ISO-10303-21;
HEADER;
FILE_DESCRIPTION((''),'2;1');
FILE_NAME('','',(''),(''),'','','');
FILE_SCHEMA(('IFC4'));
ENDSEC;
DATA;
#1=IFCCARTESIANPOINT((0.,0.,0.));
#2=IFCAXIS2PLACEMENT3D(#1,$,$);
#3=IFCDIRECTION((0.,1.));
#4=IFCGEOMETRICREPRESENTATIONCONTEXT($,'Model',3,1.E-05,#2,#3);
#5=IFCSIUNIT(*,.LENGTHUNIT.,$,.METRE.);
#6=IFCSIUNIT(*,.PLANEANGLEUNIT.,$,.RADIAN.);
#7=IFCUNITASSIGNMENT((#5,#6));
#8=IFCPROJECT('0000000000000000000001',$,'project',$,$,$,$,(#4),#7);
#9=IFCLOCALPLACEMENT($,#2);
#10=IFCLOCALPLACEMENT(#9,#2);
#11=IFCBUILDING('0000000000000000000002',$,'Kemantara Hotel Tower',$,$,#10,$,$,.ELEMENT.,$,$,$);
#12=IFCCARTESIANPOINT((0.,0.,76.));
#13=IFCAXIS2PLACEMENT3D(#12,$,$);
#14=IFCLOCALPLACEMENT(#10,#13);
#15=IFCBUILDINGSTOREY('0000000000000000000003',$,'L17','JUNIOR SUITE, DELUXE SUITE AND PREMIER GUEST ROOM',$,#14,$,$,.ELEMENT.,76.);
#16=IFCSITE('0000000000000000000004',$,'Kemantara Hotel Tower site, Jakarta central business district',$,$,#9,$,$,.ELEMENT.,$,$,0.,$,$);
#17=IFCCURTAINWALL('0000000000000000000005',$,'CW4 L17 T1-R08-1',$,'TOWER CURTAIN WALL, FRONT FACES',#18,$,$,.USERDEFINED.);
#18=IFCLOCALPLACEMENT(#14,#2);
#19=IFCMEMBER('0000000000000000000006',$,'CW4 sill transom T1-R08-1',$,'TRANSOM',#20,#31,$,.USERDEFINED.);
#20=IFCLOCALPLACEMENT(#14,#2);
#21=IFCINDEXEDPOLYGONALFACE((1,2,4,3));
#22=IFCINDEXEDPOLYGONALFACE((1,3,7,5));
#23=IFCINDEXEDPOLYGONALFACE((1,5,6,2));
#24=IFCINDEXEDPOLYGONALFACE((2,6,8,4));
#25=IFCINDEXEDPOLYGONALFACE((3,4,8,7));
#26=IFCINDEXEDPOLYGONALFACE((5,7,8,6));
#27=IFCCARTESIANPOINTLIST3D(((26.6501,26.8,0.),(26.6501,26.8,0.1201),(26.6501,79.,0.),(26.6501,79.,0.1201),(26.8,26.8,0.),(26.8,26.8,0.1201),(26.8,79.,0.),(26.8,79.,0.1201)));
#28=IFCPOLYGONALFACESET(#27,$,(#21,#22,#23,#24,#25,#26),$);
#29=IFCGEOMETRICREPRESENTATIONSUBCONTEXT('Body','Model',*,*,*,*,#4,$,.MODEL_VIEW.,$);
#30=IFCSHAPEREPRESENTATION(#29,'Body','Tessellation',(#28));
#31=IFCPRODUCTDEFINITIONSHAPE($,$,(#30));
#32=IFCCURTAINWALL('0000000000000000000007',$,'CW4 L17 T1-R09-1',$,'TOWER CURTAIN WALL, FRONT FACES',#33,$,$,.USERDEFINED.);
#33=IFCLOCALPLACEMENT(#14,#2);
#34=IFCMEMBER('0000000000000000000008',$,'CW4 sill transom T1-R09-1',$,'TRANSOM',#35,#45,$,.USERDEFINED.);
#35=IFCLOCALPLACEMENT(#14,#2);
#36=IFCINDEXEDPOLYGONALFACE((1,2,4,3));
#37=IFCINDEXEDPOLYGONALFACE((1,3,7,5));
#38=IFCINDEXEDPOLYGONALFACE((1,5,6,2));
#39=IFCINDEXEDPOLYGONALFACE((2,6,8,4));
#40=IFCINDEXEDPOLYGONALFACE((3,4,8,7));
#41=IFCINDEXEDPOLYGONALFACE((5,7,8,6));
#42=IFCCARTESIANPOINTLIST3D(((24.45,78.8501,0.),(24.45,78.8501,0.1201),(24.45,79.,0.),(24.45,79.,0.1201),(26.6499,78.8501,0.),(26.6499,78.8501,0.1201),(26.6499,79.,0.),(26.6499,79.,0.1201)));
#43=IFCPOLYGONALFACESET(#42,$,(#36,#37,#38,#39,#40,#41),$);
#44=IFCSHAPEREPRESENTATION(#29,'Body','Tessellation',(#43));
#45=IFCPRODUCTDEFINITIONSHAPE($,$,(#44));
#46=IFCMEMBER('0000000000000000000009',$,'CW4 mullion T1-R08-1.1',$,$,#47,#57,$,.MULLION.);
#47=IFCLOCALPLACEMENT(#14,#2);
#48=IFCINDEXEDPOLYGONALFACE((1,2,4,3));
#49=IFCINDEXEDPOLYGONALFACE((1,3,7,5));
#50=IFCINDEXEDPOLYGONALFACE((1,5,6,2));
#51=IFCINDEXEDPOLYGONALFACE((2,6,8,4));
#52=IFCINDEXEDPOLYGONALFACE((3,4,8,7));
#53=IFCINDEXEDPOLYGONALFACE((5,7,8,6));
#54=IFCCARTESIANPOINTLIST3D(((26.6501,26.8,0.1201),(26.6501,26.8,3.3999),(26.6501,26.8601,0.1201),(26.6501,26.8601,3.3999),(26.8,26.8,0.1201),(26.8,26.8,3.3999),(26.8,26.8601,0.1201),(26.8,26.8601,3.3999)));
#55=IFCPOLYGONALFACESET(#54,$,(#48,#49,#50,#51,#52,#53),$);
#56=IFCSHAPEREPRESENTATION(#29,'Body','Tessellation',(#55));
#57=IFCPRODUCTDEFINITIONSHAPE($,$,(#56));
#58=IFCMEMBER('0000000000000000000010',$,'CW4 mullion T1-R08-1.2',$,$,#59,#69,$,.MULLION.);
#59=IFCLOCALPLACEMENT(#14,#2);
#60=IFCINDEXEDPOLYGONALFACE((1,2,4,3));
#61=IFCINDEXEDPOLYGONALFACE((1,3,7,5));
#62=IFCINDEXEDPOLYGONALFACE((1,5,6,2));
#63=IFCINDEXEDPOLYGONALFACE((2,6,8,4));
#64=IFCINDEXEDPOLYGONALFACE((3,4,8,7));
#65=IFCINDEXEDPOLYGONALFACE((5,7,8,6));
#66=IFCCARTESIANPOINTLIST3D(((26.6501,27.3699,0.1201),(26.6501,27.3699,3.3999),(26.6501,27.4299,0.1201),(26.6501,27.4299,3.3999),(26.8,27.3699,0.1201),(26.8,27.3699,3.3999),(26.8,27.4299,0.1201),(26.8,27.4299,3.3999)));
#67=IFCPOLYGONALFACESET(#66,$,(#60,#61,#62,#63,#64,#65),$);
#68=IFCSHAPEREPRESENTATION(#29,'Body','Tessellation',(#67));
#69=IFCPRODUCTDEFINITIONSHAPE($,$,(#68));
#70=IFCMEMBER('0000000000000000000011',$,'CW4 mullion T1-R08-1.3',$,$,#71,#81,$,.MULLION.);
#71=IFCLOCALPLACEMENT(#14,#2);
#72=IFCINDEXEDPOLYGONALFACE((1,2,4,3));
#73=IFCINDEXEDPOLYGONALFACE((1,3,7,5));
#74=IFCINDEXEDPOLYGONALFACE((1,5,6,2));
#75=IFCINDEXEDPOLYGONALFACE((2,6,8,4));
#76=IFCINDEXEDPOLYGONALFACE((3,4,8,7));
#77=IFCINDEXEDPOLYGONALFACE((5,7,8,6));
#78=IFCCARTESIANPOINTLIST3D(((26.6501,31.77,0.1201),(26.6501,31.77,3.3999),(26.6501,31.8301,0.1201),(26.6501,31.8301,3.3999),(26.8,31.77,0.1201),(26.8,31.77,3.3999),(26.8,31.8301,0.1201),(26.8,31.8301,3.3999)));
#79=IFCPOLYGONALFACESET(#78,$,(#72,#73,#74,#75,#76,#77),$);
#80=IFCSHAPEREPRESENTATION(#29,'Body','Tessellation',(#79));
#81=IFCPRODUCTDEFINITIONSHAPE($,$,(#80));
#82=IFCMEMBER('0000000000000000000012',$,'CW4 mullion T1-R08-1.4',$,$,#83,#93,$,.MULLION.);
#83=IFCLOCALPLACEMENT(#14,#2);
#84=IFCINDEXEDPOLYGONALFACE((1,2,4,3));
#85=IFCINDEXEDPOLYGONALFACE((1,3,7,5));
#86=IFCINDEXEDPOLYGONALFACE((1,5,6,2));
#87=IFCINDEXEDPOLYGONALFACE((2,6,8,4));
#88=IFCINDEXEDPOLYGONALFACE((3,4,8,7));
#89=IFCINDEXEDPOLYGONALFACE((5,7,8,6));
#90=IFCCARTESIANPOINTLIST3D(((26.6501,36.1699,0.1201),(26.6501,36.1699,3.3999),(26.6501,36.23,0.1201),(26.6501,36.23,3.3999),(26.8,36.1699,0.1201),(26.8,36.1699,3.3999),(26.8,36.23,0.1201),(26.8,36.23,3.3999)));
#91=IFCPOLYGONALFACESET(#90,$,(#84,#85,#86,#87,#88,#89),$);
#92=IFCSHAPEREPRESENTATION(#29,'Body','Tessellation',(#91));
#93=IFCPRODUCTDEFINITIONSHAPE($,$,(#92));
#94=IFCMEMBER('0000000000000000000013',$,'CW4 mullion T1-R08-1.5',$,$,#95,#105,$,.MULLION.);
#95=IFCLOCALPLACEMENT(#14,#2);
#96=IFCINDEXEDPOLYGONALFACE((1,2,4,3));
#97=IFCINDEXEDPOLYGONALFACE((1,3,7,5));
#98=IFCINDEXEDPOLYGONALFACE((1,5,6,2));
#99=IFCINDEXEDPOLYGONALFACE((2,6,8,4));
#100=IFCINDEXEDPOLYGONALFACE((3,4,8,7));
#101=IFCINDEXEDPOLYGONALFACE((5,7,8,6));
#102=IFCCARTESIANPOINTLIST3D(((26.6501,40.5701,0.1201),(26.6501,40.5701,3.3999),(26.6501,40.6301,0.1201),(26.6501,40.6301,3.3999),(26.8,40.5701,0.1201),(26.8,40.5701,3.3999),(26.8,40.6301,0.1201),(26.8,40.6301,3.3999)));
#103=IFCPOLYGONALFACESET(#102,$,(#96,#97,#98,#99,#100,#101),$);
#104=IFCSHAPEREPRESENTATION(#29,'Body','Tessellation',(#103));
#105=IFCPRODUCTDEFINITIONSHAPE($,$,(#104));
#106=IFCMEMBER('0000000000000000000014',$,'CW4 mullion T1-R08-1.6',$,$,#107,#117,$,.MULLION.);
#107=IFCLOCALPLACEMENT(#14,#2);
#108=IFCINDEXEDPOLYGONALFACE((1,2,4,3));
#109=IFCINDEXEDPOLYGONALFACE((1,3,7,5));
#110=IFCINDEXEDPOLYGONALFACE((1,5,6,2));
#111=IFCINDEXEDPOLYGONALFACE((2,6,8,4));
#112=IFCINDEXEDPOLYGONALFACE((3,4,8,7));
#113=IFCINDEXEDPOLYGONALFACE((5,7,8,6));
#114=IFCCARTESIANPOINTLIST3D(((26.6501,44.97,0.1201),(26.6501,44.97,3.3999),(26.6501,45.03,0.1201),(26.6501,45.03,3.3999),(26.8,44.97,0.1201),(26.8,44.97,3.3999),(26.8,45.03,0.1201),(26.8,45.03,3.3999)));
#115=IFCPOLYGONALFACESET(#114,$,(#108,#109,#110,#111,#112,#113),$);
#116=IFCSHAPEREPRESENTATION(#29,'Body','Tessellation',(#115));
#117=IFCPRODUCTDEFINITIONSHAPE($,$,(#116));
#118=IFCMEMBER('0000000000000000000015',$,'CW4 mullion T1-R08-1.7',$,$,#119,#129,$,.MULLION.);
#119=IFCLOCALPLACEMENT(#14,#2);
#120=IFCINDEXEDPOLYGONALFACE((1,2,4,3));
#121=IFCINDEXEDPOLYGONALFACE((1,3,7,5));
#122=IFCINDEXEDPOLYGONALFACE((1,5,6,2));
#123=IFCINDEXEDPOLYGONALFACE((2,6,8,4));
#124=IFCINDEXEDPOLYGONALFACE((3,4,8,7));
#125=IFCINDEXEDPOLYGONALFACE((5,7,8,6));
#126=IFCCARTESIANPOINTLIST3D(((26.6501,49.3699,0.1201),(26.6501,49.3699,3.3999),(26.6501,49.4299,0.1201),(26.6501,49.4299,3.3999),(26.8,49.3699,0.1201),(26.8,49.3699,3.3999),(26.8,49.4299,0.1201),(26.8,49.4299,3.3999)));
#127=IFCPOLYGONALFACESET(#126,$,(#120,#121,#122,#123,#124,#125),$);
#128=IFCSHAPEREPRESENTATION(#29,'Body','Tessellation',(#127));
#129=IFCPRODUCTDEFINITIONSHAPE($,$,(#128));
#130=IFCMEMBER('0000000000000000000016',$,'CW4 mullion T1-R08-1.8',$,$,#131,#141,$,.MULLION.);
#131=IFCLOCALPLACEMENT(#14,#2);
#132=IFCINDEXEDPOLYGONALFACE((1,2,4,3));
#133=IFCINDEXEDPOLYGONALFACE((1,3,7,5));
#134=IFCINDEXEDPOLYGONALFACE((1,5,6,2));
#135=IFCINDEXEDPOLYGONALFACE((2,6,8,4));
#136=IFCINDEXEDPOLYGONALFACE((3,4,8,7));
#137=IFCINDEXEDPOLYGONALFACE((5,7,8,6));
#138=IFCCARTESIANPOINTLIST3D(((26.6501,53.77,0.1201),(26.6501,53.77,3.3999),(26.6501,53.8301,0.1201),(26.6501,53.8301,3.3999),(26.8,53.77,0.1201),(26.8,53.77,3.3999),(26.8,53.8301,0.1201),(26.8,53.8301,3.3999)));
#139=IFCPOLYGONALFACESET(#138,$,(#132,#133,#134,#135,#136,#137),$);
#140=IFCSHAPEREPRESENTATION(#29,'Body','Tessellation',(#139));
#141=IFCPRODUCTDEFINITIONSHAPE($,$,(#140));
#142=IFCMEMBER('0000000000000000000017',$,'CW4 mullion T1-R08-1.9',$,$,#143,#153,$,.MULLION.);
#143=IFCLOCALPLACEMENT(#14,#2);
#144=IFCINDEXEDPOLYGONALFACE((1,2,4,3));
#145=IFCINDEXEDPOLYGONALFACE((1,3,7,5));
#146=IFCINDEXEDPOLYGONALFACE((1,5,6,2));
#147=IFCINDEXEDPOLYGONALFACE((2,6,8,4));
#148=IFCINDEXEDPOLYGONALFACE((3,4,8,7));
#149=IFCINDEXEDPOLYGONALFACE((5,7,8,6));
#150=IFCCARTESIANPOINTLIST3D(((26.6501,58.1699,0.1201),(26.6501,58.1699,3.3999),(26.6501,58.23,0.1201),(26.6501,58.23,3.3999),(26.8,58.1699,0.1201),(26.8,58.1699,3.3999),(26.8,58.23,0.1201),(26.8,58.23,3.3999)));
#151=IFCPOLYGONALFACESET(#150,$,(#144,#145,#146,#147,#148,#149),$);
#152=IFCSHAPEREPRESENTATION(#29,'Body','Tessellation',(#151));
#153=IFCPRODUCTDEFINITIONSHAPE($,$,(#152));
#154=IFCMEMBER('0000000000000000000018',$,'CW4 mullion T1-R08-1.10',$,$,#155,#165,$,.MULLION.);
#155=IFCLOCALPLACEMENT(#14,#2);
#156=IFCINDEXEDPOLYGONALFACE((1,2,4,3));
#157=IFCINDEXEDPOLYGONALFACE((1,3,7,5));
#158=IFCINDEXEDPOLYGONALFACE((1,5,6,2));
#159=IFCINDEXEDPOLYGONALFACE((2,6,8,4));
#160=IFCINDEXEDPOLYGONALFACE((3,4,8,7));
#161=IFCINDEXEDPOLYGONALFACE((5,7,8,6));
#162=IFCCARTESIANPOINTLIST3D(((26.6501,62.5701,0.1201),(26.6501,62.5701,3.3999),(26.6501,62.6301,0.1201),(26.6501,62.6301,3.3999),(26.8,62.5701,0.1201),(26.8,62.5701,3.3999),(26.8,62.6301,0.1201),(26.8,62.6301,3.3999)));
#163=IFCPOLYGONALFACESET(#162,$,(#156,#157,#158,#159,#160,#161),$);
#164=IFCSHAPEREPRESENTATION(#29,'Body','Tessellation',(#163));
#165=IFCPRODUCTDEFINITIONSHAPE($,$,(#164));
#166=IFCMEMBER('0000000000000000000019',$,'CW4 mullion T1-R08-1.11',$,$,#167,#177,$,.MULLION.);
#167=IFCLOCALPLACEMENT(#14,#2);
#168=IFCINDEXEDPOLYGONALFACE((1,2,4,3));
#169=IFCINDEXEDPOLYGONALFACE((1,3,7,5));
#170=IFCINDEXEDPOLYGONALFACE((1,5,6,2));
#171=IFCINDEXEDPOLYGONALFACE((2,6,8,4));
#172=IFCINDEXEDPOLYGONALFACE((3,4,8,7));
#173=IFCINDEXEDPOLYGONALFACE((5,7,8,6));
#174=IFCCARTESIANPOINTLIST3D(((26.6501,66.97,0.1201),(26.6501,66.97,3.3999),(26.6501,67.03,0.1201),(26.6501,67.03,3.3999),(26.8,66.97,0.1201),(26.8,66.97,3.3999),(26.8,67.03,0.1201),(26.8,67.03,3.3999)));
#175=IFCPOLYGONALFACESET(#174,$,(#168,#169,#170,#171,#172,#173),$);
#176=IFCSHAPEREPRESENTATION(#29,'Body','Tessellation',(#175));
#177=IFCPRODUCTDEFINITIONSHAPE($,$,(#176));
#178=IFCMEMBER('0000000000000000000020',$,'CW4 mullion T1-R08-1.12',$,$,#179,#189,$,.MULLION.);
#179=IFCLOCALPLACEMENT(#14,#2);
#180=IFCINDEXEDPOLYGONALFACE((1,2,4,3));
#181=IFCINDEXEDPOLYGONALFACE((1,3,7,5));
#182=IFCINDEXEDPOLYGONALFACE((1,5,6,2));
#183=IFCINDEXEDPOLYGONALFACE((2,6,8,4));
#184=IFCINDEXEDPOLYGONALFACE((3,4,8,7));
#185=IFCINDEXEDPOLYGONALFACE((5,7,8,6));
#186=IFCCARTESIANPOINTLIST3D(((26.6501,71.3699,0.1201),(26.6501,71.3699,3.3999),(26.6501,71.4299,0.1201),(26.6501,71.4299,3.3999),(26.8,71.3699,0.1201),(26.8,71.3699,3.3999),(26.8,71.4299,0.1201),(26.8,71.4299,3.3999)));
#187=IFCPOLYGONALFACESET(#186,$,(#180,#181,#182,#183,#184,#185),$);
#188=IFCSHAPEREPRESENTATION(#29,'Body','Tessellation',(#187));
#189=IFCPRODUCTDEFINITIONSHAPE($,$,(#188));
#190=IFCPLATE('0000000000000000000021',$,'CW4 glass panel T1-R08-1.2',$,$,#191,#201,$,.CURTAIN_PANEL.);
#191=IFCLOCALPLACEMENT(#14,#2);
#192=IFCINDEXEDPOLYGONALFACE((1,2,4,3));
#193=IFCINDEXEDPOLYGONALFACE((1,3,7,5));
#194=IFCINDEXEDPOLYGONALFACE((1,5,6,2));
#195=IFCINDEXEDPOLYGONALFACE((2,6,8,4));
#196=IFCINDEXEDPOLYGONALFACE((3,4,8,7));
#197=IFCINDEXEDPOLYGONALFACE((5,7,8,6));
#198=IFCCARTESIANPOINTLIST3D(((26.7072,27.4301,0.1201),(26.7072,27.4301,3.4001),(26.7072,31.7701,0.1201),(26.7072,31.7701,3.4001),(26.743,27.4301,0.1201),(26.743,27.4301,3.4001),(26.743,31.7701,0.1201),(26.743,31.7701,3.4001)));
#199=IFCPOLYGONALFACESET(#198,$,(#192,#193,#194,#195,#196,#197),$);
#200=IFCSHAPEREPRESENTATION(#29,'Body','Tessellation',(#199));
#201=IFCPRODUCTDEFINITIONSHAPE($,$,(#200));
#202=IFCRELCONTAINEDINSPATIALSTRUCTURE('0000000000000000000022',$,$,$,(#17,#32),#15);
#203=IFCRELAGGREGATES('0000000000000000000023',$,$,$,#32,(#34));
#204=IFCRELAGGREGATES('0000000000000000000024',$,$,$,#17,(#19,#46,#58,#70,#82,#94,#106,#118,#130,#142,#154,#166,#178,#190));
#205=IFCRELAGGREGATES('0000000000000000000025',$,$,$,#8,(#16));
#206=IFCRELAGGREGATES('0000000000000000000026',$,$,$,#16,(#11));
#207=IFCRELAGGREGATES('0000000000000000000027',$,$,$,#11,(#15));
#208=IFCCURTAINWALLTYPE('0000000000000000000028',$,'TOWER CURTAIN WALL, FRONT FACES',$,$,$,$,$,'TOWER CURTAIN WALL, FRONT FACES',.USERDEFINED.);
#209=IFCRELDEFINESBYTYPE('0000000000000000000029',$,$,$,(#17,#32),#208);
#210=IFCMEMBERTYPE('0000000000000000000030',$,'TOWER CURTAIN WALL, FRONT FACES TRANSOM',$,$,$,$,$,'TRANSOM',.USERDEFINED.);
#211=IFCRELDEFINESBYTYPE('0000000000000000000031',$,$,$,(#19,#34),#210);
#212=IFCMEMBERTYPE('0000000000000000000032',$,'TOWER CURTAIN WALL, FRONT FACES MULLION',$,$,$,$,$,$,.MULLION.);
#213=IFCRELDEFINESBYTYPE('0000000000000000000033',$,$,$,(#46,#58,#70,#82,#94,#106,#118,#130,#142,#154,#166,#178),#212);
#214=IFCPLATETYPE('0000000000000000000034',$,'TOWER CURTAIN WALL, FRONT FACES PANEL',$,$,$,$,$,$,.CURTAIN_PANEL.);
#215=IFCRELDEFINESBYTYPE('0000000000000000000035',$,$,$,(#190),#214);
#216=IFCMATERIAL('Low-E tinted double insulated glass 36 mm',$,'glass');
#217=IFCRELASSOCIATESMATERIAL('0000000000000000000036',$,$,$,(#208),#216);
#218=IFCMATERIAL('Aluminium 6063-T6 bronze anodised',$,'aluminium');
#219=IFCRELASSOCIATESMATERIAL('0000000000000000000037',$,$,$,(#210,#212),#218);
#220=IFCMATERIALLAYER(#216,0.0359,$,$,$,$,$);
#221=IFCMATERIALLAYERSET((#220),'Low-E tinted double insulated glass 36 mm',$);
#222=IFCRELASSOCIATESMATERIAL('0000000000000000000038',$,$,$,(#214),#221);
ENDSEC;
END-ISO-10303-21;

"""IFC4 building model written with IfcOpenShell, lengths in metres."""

from ifc_helpers import new_model, si_unit, direction, frame, origin, origin_2d, place, context, subcontext, project, spatial, rectangle, extrude, source, transform, mapped, material, layer, layer_set, material_profile, profile_set, type_object, element, aggregate, save


model = new_model("IFC4")

# Units and contexts
model_context = context("Model", 3, precision=1e-05, world=origin(), true_north=direction((0.0, 1.0)))
body_context = subcontext(model_context, "Body", "Model", "MODEL_VIEW")
ifc_project = project(units=[si_unit("LENGTHUNIT", "METRE"), si_unit("PLANEANGLEUNIT", "RADIAN")], contexts=[model_context])

# Site, building, storey
site_placement = place(None, origin())
site = spatial("IfcSite", under=ifc_project, at=site_placement, Name="Kemantara Hotel Tower site, Jakarta central business district", CompositionType="ELEMENT", RefElevation=0.0)
building_placement = place(site_placement, origin())
building = spatial("IfcBuilding", under=site, at=building_placement, Name="Kemantara Hotel Tower", CompositionType="ELEMENT")
storey_placement = place(building_placement, frame((0.0, 0.0, 76.0)))
storey = spatial("IfcBuildingStorey", under=building, at=storey_placement, Name="L17", Description="JUNIOR SUITE, DELUXE SUITE AND PREMIER GUEST ROOM", CompositionType="ELEMENT", Elevation=76.0)

# Curtain walls, members
ifc_material_1 = material(Name="Low-E tinted double insulated glass 36 mm", Category="glass")
curtain_wall_type = type_object("IfcCurtainWallType", Name="TOWER CURTAIN WALL, FRONT FACES", ElementType="TOWER CURTAIN WALL, FRONT FACES", PredefinedType="USERDEFINED", material=ifc_material_1)
curtain_wall_1_placement = place(storey_placement, origin())
curtain_wall_1 = element("IfcCurtainWall", 1, at=curtain_wall_1_placement, inside=storey, type_object=curtain_wall_type, Name="CW4 L17 T1-R08-1", ObjectType="TOWER CURTAIN WALL, FRONT FACES", PredefinedType="USERDEFINED")
ifc_material_2 = material(Name="Aluminium 6063-T6 bronze anodised", Category="aluminium")
ifc_material_profile_1 = material_profile(ifc_material_2, rectangle(XDim=0.1499, YDim=0.1201, at=origin_2d()), Name="TOWER CURTAIN WALL, FRONT FACES TRANSOM")
ifc_profile_set_1 = profile_set([ifc_material_profile_1], Name="Aluminium 6063-T6 bronze anodised")
member_type_1 = type_object("IfcMemberType", Name="TOWER CURTAIN WALL, FRONT FACES TRANSOM", ElementType="TRANSOM", PredefinedType="USERDEFINED", material=ifc_profile_set_1)
member_1_placement = place(storey_placement, frame((26.7251, 26.8, 0.0601), z_axis=(0.0, 1.0, 0.0), x_axis=(-1.0, 0.0, 0.0)))
member_1 = element("IfcMember", 2, at=member_1_placement, type_object=member_type_1, Name="CW4 sill transom T1-R08-1", ObjectType="TRANSOM", PredefinedType="USERDEFINED", context=body_context, shape_type="SweptSolid", body=[
    extrude(rectangle(XDim=0.1499, YDim=0.1201, at=origin_2d()), origin(), (0.0, 0.0, 1.0), 52.2),
])
curtain_wall_2_placement = place(storey_placement, origin())
curtain_wall_2 = element("IfcCurtainWall", 3, at=curtain_wall_2_placement, inside=storey, type_object=curtain_wall_type, Name="CW4 L17 T1-R09-1", ObjectType="TOWER CURTAIN WALL, FRONT FACES", PredefinedType="USERDEFINED")
member_2_placement = place(storey_placement, frame((26.6499, 78.925, 0.0601), z_axis=(-1.0, 0.0, 0.0), x_axis=(0.0, -1.0, 0.0)))
member_2 = element("IfcMember", 4, at=member_2_placement, type_object=member_type_1, Name="CW4 sill transom T1-R09-1", ObjectType="TRANSOM", PredefinedType="USERDEFINED", context=body_context, shape_type="SweptSolid", body=[
    extrude(rectangle(XDim=0.1499, YDim=0.1201, at=origin_2d()), origin(), (0.0, 0.0, 1.0), 2.2),
])
aggregate(curtain_wall_2, [member_2])

# Members
ifc_material_profile_2 = material_profile(ifc_material_2, rectangle(XDim=0.1499, YDim=0.0601, at=origin_2d()), Name="TOWER CURTAIN WALL, FRONT FACES MULLION")
ifc_profile_set_2 = profile_set([ifc_material_profile_2], Name="Aluminium 6063-T6 bronze anodised")
member_type_2 = type_object("IfcMemberType", Name="TOWER CURTAIN WALL, FRONT FACES MULLION", PredefinedType="MULLION", material=ifc_profile_set_2)
shared_shape_1 = source(origin(), body_context, "Body", "SweptSolid", [
    extrude(rectangle(XDim=0.1499, YDim=0.0601, at=origin_2d()), origin(), (0.0, 0.0, 1.0), 3.2798),
])
member_3_placement = place(storey_placement, frame((26.7251, 26.8301, 0.1201), z_axis=(0.0, 0.0, 1.0), x_axis=(-1.0, 0.0, 0.0)))
member_3 = element("IfcMember", 5, at=member_3_placement, type_object=member_type_2, Name="CW4 mullion T1-R08-1.1", PredefinedType="MULLION", context=body_context, shape_type="MappedRepresentation", body=[
    mapped(shared_shape_1, transform((0.0, 0.0, 0.0))),
])
member_4_placement = place(storey_placement, frame((26.7251, 27.3999, 0.1201), z_axis=(0.0, 0.0, 1.0), x_axis=(-1.0, 0.0, 0.0)))
member_4 = element("IfcMember", 6, at=member_4_placement, type_object=member_type_2, Name="CW4 mullion T1-R08-1.2", PredefinedType="MULLION", context=body_context, shape_type="MappedRepresentation", body=[
    mapped(shared_shape_1, transform((0.0, 0.0, 0.0))),
])
member_5_placement = place(storey_placement, frame((26.7251, 31.8, 0.1201), z_axis=(0.0, 0.0, 1.0), x_axis=(-1.0, 0.0, 0.0)))
member_5 = element("IfcMember", 7, at=member_5_placement, type_object=member_type_2, Name="CW4 mullion T1-R08-1.3", PredefinedType="MULLION", context=body_context, shape_type="MappedRepresentation", body=[
    mapped(shared_shape_1, transform((0.0, 0.0, 0.0))),
])
member_6_placement = place(storey_placement, frame((26.7251, 36.2, 0.1201), z_axis=(0.0, 0.0, 1.0), x_axis=(-1.0, 0.0, 0.0)))
member_6 = element("IfcMember", 8, at=member_6_placement, type_object=member_type_2, Name="CW4 mullion T1-R08-1.4", PredefinedType="MULLION", context=body_context, shape_type="MappedRepresentation", body=[
    mapped(shared_shape_1, transform((0.0, 0.0, 0.0))),
])
member_7_placement = place(storey_placement, frame((26.7251, 40.6001, 0.1201), z_axis=(0.0, 0.0, 1.0), x_axis=(-1.0, 0.0, 0.0)))
member_7 = element("IfcMember", 9, at=member_7_placement, type_object=member_type_2, Name="CW4 mullion T1-R08-1.5", PredefinedType="MULLION", context=body_context, shape_type="MappedRepresentation", body=[
    mapped(shared_shape_1, transform((0.0, 0.0, 0.0))),
])
member_8_placement = place(storey_placement, frame((26.7251, 45.0, 0.1201), z_axis=(0.0, 0.0, 1.0), x_axis=(-1.0, 0.0, 0.0)))
member_8 = element("IfcMember", 10, at=member_8_placement, type_object=member_type_2, Name="CW4 mullion T1-R08-1.6", PredefinedType="MULLION", context=body_context, shape_type="MappedRepresentation", body=[
    mapped(shared_shape_1, transform((0.0, 0.0, 0.0))),
])
member_9_placement = place(storey_placement, frame((26.7251, 49.3999, 0.1201), z_axis=(0.0, 0.0, 1.0), x_axis=(-1.0, 0.0, 0.0)))
member_9 = element("IfcMember", 11, at=member_9_placement, type_object=member_type_2, Name="CW4 mullion T1-R08-1.7", PredefinedType="MULLION", context=body_context, shape_type="MappedRepresentation", body=[
    mapped(shared_shape_1, transform((0.0, 0.0, 0.0))),
])
member_10_placement = place(storey_placement, frame((26.7251, 53.8, 0.1201), z_axis=(0.0, 0.0, 1.0), x_axis=(-1.0, 0.0, 0.0)))
member_10 = element("IfcMember", 12, at=member_10_placement, type_object=member_type_2, Name="CW4 mullion T1-R08-1.8", PredefinedType="MULLION", context=body_context, shape_type="MappedRepresentation", body=[
    mapped(shared_shape_1, transform((0.0, 0.0, 0.0))),
])
member_11_placement = place(storey_placement, frame((26.7251, 58.2, 0.1201), z_axis=(0.0, 0.0, 1.0), x_axis=(-1.0, 0.0, 0.0)))
member_11 = element("IfcMember", 13, at=member_11_placement, type_object=member_type_2, Name="CW4 mullion T1-R08-1.9", PredefinedType="MULLION", context=body_context, shape_type="MappedRepresentation", body=[
    mapped(shared_shape_1, transform((0.0, 0.0, 0.0))),
])
member_12_placement = place(storey_placement, frame((26.7251, 62.6001, 0.1201), z_axis=(0.0, 0.0, 1.0), x_axis=(-1.0, 0.0, 0.0)))
member_12 = element("IfcMember", 14, at=member_12_placement, type_object=member_type_2, Name="CW4 mullion T1-R08-1.10", PredefinedType="MULLION", context=body_context, shape_type="MappedRepresentation", body=[
    mapped(shared_shape_1, transform((0.0, 0.0, 0.0))),
])
member_13_placement = place(storey_placement, frame((26.7251, 67.0, 0.1201), z_axis=(0.0, 0.0, 1.0), x_axis=(-1.0, 0.0, 0.0)))
member_13 = element("IfcMember", 15, at=member_13_placement, type_object=member_type_2, Name="CW4 mullion T1-R08-1.11", PredefinedType="MULLION", context=body_context, shape_type="MappedRepresentation", body=[
    mapped(shared_shape_1, transform((0.0, 0.0, 0.0))),
])
member_14_placement = place(storey_placement, frame((26.7251, 71.3999, 0.1201), z_axis=(0.0, 0.0, 1.0), x_axis=(-1.0, 0.0, 0.0)))
member_14 = element("IfcMember", 16, at=member_14_placement, type_object=member_type_2, Name="CW4 mullion T1-R08-1.12", PredefinedType="MULLION", context=body_context, shape_type="MappedRepresentation", body=[
    mapped(shared_shape_1, transform((0.0, 0.0, 0.0))),
])

# Plate
ifc_layer = layer(ifc_material_1, 0.0359)
ifc_layer_set = layer_set([ifc_layer], Name="Low-E tinted double insulated glass 36 mm")
plate_type = type_object("IfcPlateType", Name="TOWER CURTAIN WALL, FRONT FACES PANEL", PredefinedType="CURTAIN_PANEL", material=ifc_layer_set)
shared_shape_2 = source(origin(), body_context, "Body", "SweptSolid", [
    extrude(rectangle(XDim=4.3401, YDim=0.0359, at=origin_2d()), origin(), (0.0, 0.0, 1.0), 3.28),
])
plate_1_placement = place(storey_placement, frame((26.7251, 29.6001, 0.1201), z_axis=(0.0, 0.0, 1.0), x_axis=(0.0, 1.0, 0.0)))
plate_1 = element("IfcPlate", 17, at=plate_1_placement, type_object=plate_type, Name="CW4 glass panel T1-R08-1.2", PredefinedType="CURTAIN_PANEL", context=body_context, shape_type="MappedRepresentation", body=[
    mapped(shared_shape_2, transform((0.0, 0.0, 0.0))),
])
aggregate(curtain_wall_1, [member_1, member_3, member_4, member_5, member_6, member_7, member_8, member_9, member_10, member_11, member_12, member_13, member_14, plate_1])

save(model, "model.ifc")
